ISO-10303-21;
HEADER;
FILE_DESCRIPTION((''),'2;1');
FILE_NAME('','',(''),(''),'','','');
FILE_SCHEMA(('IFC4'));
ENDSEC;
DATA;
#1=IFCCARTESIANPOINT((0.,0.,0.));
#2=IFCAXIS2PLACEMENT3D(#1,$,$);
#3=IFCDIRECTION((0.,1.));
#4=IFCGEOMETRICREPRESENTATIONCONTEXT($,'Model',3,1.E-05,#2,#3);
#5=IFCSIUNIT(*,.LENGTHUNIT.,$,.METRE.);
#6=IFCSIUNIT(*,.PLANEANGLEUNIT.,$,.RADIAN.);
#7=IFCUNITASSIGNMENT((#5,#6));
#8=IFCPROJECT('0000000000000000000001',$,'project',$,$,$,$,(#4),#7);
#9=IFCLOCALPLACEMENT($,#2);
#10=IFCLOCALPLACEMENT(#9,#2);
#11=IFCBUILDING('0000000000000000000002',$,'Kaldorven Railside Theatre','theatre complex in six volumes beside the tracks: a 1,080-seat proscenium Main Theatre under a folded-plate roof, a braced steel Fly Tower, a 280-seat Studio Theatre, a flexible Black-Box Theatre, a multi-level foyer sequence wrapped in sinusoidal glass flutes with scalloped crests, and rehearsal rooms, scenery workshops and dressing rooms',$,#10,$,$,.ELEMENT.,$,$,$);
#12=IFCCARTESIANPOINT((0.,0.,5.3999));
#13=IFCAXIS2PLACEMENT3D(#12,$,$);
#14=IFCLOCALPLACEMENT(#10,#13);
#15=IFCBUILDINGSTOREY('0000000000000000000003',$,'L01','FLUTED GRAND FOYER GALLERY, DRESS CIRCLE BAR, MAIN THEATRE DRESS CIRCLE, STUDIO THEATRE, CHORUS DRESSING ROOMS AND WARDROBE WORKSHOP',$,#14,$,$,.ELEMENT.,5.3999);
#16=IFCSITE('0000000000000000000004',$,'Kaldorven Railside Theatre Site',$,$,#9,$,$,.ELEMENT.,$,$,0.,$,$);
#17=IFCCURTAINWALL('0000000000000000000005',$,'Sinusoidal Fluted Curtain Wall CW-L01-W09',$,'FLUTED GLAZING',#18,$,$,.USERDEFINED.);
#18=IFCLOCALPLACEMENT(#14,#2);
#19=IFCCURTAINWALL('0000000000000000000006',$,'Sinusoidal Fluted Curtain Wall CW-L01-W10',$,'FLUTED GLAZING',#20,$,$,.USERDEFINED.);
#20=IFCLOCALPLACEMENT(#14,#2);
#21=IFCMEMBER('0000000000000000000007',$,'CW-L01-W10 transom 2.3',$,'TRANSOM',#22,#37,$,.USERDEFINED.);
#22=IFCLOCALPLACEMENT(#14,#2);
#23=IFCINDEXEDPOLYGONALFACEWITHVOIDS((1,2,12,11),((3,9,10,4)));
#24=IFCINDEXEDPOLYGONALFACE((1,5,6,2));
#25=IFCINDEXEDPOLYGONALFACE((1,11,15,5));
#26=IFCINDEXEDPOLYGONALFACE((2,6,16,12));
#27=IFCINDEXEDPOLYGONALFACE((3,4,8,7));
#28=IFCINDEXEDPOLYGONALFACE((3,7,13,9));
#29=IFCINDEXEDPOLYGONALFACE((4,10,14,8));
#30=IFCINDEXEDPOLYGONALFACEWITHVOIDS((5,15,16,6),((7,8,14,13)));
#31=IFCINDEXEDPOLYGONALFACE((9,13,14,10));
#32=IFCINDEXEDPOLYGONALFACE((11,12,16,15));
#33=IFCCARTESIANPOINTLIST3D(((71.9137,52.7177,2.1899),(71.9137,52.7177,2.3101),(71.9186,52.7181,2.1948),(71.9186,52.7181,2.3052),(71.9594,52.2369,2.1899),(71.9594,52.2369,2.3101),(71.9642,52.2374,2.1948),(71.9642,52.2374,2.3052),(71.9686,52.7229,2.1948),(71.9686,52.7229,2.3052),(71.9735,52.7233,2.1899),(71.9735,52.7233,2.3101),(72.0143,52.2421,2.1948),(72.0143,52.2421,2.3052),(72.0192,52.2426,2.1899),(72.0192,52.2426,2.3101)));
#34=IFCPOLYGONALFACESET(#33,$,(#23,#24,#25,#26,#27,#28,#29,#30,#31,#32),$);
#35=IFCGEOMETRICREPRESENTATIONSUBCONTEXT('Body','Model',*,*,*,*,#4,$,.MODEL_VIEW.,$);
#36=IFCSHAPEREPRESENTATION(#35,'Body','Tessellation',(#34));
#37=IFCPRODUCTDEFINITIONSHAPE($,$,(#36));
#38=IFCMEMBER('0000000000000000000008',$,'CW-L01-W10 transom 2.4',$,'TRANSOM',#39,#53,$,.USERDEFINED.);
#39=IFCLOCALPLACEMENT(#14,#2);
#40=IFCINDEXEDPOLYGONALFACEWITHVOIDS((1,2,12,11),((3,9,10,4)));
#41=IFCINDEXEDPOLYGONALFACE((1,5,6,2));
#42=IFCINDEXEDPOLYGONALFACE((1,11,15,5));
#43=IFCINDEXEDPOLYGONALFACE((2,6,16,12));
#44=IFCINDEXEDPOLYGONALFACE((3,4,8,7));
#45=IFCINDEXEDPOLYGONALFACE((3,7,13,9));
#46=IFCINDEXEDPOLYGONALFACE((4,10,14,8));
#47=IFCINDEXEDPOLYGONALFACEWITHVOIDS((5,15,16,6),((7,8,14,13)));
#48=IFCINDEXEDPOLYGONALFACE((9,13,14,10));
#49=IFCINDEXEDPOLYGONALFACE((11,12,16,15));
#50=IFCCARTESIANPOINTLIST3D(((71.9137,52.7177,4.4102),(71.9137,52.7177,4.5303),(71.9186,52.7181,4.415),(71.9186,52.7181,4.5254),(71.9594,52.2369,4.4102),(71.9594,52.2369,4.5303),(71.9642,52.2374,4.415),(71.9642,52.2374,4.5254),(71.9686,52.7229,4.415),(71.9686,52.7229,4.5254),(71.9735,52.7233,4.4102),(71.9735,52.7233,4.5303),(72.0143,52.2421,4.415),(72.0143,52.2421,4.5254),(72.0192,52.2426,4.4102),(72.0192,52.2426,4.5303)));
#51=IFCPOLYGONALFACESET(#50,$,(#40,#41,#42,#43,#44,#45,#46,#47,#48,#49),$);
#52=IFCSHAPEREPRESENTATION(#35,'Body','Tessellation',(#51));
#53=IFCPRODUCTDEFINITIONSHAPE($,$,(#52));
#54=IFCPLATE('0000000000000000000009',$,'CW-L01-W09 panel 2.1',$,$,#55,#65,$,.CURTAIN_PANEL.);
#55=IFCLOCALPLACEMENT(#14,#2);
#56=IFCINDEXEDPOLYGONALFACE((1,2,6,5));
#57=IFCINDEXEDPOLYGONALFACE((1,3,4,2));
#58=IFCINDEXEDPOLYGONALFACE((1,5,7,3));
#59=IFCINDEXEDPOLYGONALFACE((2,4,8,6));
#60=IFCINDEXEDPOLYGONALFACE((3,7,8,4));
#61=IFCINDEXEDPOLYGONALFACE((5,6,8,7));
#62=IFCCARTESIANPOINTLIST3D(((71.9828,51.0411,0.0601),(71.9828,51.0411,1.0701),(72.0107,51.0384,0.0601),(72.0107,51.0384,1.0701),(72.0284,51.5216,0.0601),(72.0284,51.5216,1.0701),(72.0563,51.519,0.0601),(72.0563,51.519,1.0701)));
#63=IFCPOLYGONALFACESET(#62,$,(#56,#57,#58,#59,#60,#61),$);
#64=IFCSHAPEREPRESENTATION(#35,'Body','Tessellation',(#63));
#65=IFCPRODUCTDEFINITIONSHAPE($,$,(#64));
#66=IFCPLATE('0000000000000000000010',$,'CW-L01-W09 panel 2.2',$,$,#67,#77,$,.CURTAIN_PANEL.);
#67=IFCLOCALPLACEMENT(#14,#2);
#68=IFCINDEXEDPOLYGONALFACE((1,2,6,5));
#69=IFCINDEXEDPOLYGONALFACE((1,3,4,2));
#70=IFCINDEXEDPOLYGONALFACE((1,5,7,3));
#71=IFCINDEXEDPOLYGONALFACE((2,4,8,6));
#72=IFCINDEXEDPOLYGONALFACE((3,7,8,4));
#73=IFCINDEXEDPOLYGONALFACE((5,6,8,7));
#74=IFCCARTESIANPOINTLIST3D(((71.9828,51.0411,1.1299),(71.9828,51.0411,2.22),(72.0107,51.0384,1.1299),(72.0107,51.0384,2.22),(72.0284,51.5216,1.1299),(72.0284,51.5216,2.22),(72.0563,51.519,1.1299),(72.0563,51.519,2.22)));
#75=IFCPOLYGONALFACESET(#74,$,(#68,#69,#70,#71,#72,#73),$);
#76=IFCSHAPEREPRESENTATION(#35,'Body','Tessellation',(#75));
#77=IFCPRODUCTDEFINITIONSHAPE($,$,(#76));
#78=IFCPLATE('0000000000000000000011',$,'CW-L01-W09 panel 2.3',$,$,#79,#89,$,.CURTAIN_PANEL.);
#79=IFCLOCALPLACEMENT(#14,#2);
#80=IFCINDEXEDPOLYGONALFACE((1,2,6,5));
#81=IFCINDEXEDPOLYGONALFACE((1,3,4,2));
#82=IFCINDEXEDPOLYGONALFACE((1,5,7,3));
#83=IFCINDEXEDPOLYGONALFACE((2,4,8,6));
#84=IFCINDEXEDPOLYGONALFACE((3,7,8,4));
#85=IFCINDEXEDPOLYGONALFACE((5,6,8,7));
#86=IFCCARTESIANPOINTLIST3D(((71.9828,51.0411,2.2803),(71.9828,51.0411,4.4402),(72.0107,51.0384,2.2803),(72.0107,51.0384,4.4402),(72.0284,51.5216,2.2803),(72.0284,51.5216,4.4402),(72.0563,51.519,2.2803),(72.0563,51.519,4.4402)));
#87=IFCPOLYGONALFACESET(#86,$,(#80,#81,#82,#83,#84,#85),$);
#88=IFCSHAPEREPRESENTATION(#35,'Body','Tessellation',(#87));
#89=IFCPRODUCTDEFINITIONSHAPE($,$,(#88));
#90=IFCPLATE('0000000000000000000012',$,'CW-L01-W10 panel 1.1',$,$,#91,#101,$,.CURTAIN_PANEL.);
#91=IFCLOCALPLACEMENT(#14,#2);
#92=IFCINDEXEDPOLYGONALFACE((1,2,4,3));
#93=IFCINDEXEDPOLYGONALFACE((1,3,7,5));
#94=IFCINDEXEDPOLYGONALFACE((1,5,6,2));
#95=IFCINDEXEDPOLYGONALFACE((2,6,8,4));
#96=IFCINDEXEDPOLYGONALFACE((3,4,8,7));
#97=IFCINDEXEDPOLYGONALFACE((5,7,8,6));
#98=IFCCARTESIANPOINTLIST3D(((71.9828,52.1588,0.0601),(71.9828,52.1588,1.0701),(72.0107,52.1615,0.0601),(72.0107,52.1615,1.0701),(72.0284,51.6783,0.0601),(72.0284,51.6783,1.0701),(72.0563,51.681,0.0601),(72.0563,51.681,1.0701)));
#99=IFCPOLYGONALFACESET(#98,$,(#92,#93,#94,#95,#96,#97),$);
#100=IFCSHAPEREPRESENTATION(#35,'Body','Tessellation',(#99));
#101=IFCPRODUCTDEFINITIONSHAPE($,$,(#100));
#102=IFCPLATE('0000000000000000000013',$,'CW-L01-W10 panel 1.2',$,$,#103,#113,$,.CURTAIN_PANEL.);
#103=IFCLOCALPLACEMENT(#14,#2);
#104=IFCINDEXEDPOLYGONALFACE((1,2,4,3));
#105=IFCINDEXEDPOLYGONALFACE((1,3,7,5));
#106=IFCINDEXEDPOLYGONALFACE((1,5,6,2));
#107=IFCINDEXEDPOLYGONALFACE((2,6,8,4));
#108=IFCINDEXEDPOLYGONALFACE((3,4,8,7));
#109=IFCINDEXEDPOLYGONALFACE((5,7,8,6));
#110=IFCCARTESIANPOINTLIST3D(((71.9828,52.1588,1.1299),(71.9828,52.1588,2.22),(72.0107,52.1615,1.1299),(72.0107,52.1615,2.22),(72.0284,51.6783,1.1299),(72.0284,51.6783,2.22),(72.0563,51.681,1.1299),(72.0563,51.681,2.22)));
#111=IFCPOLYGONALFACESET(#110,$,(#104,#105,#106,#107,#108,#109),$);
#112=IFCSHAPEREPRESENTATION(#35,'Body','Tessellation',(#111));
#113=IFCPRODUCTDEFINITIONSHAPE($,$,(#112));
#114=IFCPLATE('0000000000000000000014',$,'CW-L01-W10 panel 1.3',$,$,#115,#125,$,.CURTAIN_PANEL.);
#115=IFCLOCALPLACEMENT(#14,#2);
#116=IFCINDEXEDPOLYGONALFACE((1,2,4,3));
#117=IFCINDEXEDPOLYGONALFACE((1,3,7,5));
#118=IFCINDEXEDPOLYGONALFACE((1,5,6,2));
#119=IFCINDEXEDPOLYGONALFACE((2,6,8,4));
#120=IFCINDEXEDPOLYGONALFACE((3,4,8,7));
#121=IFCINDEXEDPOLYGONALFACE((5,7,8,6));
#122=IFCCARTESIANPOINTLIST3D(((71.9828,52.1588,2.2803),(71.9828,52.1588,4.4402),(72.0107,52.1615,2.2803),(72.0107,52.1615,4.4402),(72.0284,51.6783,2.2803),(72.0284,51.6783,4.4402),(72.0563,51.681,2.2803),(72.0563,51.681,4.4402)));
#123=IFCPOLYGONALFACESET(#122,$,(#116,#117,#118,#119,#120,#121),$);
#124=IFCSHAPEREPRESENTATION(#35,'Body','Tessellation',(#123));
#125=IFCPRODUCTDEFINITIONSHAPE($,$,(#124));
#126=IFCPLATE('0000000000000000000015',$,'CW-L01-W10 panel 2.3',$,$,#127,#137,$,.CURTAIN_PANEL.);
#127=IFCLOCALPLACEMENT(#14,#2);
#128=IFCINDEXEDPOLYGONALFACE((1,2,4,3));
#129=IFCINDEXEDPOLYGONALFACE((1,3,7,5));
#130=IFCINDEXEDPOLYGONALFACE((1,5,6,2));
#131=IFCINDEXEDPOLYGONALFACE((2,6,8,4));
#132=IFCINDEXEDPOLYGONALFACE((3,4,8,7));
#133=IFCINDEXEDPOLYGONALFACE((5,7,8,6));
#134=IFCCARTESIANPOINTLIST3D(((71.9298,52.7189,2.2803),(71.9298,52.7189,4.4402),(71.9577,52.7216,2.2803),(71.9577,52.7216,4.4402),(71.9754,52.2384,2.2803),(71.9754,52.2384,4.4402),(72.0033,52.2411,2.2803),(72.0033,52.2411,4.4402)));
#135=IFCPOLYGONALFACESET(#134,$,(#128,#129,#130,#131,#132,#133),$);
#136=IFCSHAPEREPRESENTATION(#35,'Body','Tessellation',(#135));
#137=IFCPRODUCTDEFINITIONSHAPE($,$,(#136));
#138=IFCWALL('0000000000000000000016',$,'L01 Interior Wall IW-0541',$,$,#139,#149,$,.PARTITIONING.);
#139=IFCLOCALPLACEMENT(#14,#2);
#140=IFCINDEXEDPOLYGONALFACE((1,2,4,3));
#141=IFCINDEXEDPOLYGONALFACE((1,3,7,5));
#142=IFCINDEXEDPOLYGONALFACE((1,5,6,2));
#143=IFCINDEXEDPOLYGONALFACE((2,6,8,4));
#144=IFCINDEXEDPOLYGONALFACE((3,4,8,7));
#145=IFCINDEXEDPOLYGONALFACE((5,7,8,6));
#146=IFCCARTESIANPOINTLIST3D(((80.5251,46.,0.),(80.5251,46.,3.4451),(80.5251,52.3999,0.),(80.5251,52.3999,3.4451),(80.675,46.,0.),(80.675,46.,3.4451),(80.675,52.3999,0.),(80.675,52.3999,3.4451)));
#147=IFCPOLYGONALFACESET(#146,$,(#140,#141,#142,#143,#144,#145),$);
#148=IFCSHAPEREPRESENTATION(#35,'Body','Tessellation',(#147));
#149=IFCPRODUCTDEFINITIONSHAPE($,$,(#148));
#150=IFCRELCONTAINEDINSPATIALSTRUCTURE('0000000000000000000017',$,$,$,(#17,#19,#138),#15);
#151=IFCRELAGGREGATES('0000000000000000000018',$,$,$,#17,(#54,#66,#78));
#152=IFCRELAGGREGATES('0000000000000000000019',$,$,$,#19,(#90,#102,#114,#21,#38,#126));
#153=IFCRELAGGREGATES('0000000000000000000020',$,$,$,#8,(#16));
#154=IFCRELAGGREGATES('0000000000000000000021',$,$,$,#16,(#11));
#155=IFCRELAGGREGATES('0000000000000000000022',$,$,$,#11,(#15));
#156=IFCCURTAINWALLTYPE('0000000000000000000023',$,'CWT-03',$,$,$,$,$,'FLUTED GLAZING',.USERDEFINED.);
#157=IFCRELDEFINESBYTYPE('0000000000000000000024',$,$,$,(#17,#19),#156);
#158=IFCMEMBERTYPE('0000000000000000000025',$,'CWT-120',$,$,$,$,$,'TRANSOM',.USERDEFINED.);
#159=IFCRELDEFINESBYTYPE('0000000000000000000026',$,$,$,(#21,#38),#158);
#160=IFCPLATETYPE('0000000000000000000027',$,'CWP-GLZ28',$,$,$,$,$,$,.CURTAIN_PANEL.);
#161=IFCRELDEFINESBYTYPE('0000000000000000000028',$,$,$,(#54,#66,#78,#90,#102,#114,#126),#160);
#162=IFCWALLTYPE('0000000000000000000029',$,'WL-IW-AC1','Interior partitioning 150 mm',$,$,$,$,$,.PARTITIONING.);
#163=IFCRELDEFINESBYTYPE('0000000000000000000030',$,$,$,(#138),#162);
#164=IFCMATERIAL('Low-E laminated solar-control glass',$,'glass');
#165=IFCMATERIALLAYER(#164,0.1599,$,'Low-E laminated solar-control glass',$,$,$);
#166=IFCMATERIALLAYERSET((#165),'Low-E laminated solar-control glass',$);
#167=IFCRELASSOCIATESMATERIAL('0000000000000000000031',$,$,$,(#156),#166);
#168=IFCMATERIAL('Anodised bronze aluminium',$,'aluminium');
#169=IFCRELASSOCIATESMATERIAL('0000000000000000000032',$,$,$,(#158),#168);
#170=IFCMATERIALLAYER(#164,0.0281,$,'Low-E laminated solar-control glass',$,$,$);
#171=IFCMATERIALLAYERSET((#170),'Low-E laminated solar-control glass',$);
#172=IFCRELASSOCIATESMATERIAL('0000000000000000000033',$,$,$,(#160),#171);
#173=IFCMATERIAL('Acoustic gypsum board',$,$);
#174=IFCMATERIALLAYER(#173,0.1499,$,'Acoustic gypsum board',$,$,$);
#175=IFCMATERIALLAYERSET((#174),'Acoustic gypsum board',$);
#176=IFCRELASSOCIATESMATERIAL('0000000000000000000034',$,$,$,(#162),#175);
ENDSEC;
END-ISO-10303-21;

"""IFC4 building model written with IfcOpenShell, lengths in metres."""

from ifc_helpers import new_model, si_unit, direction, frame, frame_2d, origin, origin_2d, place, context, subcontext, project, spatial, rectangle, hollow_rectangle, extrude, material, layer, layer_set, material_profile, profile_set, type_object, element, aggregate, save


model = new_model("IFC4")

# Units and contexts
model_context = context("Model", 3, precision=1e-05, world=origin(), true_north=direction((0.0, 1.0)))
body_context = subcontext(model_context, "Body", "Model", "MODEL_VIEW")
ifc_project = project(units=[si_unit("LENGTHUNIT", "METRE"), si_unit("PLANEANGLEUNIT", "RADIAN")], contexts=[model_context])

# Site, building, storey
site_placement = place(None, origin())
site = spatial("IfcSite", under=ifc_project, at=site_placement, Name="Kaldorven Railside Theatre Site", CompositionType="ELEMENT", RefElevation=0.0)
building_placement = place(site_placement, origin())
building = spatial("IfcBuilding", under=site, at=building_placement, Name="Kaldorven Railside Theatre", Description="theatre complex in six volumes beside the tracks: a 1,080-seat proscenium Main Theatre under a folded-plate roof, a braced steel Fly Tower, a 280-seat Studio Theatre, a flexible Black-Box Theatre, a multi-level foyer sequence wrapped in sinusoidal glass flutes with scalloped crests, and rehearsal rooms, scenery workshops and dressing rooms", CompositionType="ELEMENT")
storey_placement = place(building_placement, frame((0.0, 0.0, 5.3999)))
storey = spatial("IfcBuildingStorey", under=building, at=storey_placement, Name="L01", Description="FLUTED GRAND FOYER GALLERY, DRESS CIRCLE BAR, MAIN THEATRE DRESS CIRCLE, STUDIO THEATRE, CHORUS DRESSING ROOMS AND WARDROBE WORKSHOP", CompositionType="ELEMENT", Elevation=5.3999)

# Curtain walls
ifc_material_1 = material(Name="Low-E laminated solar-control glass", Category="glass")
ifc_layer_1 = layer(ifc_material_1, 0.1599, Name="Low-E laminated solar-control glass")
ifc_layer_set_1 = layer_set([ifc_layer_1], Name="Low-E laminated solar-control glass")
curtain_wall_type = type_object("IfcCurtainWallType", Name="CWT-03", ElementType="FLUTED GLAZING", PredefinedType="USERDEFINED", material=ifc_layer_set_1)
curtain_wall_1_placement = place(storey_placement, origin())
curtain_wall_1 = element("IfcCurtainWall", 1, at=curtain_wall_1_placement, inside=storey, type_object=curtain_wall_type, Name="Sinusoidal Fluted Curtain Wall CW-L01-W09", ObjectType="FLUTED GLAZING", PredefinedType="USERDEFINED")
ifc_material_2 = material(Name="Anodised bronze aluminium", Category="aluminium")
curtain_wall_2_placement = place(storey_placement, origin())
curtain_wall_2 = element("IfcCurtainWall", 2, at=curtain_wall_2_placement, inside=storey, type_object=curtain_wall_type, Name="Sinusoidal Fluted Curtain Wall CW-L01-W10", ObjectType="FLUTED GLAZING", PredefinedType="USERDEFINED")

# Members
ifc_material_profile_1 = material_profile(ifc_material_2, hollow_rectangle(XDim=0.0601, YDim=0.1201, WallThickness=0.0049, at=origin_2d()), Name="RHS 120x60x5")
ifc_profile_set_1 = profile_set([ifc_material_profile_1], Name="Anodised bronze aluminium")
member_type_1 = type_object("IfcMemberType", Name="CWT-120", ElementType="TRANSOM", PredefinedType="USERDEFINED", material=ifc_profile_set_1)
member_1_placement = place(storey_placement, frame((71.9893, 52.2397, 2.25), z_axis=(-0.094547, 0.99552, 0.0), x_axis=(-0.99552, -0.094547, 0.0)))
member_1 = element("IfcMember", 3, at=member_1_placement, type_object=member_type_1, Name="CW-L01-W10 transom 2.3", ObjectType="TRANSOM", PredefinedType="USERDEFINED", context=body_context, shape_type="SweptSolid", body=[
    extrude(hollow_rectangle(XDim=0.0601, YDim=0.1201, WallThickness=0.0049, at=origin_2d()), origin(), (0.0, 0.0, 1.0), 0.4829),
])
member_2_placement = place(storey_placement, frame((71.9893, 52.2397, 4.4702), z_axis=(-0.094547, 0.99552, 0.0), x_axis=(-0.99552, -0.094547, 0.0)))
member_2 = element("IfcMember", 4, at=member_2_placement, type_object=member_type_1, Name="CW-L01-W10 transom 2.4", ObjectType="TRANSOM", PredefinedType="USERDEFINED", context=body_context, shape_type="SweptSolid", body=[
    extrude(hollow_rectangle(XDim=0.0601, YDim=0.1201, WallThickness=0.0049, at=origin_2d()), origin(), (0.0, 0.0, 1.0), 0.4829),
])

# Plates
ifc_layer_2 = layer(ifc_material_1, 0.0281, Name="Low-E laminated solar-control glass")
ifc_layer_set_2 = layer_set([ifc_layer_2], Name="Low-E laminated solar-control glass")
plate_type = type_object("IfcPlateType", Name="CWP-GLZ28", PredefinedType="CURTAIN_PANEL", material=ifc_layer_set_2)
plate_1_placement = place(storey_placement, frame((72.0195, 51.28, 0.0601), z_axis=(0.0, 0.0, 1.0), x_axis=(0.094492, 0.995526, 0.0)))
plate_1 = element("IfcPlate", 5, at=plate_1_placement, type_object=plate_type, Name="CW-L01-W09 panel 2.1", PredefinedType="CURTAIN_PANEL", context=body_context, shape_type="SweptSolid", body=[
    extrude(rectangle(XDim=0.4827, YDim=0.0281, at=origin_2d()), origin(), (0.0, 0.0, 1.0), 1.01),
])
plate_2_placement = place(storey_placement, frame((72.0195, 51.28, 1.1299), z_axis=(0.0, 0.0, 1.0), x_axis=(0.094492, 0.995526, 0.0)))
plate_2 = element("IfcPlate", 6, at=plate_2_placement, type_object=plate_type, Name="CW-L01-W09 panel 2.2", PredefinedType="CURTAIN_PANEL", context=body_context, shape_type="SweptSolid", body=[
    extrude(rectangle(XDim=0.4827, YDim=0.0281, at=origin_2d()), origin(), (0.0, 0.0, 1.0), 1.0901),
])
plate_3_placement = place(storey_placement, frame((72.0195, 51.28, 2.2803), z_axis=(0.0, 0.0, 1.0), x_axis=(0.094492, 0.995526, 0.0)))
plate_3 = element("IfcPlate", 7, at=plate_3_placement, type_object=plate_type, Name="CW-L01-W09 panel 2.3", PredefinedType="CURTAIN_PANEL", context=body_context, shape_type="SweptSolid", body=[
    extrude(rectangle(XDim=0.4827, YDim=0.0281, at=origin_2d()), origin(), (0.0, 0.0, 1.0), 2.1599),
])
aggregate(curtain_wall_1, [plate_1, plate_2, plate_3])
plate_4_placement = place(storey_placement, frame((72.0195, 51.9199, 0.0601), z_axis=(0.0, 0.0, 1.0), x_axis=(-0.094492, 0.995526, 0.0)))
plate_4 = element("IfcPlate", 8, at=plate_4_placement, type_object=plate_type, Name="CW-L01-W10 panel 1.1", PredefinedType="CURTAIN_PANEL", context=body_context, shape_type="SweptSolid", body=[
    extrude(rectangle(XDim=0.4827, YDim=0.0281, at=origin_2d()), origin(), (0.0, 0.0, 1.0), 1.01),
])
plate_5_placement = place(storey_placement, frame((72.0195, 51.9199, 1.1299), z_axis=(0.0, 0.0, 1.0), x_axis=(-0.094492, 0.995526, 0.0)))
plate_5 = element("IfcPlate", 9, at=plate_5_placement, type_object=plate_type, Name="CW-L01-W10 panel 1.2", PredefinedType="CURTAIN_PANEL", context=body_context, shape_type="SweptSolid", body=[
    extrude(rectangle(XDim=0.4827, YDim=0.0281, at=origin_2d()), origin(), (0.0, 0.0, 1.0), 1.0901),
])
plate_6_placement = place(storey_placement, frame((72.0195, 51.9199, 2.2803), z_axis=(0.0, 0.0, 1.0), x_axis=(-0.094492, 0.995526, 0.0)))
plate_6 = element("IfcPlate", 10, at=plate_6_placement, type_object=plate_type, Name="CW-L01-W10 panel 1.3", PredefinedType="CURTAIN_PANEL", context=body_context, shape_type="SweptSolid", body=[
    extrude(rectangle(XDim=0.4827, YDim=0.0281, at=origin_2d()), origin(), (0.0, 0.0, 1.0), 2.1599),
])
plate_7_placement = place(storey_placement, frame((71.9666, 52.48, 2.2803), z_axis=(0.0, 0.0, 1.0), x_axis=(-0.094492, 0.995526, 0.0)))
plate_7 = element("IfcPlate", 11, at=plate_7_placement, type_object=plate_type, Name="CW-L01-W10 panel 2.3", PredefinedType="CURTAIN_PANEL", context=body_context, shape_type="SweptSolid", body=[
    extrude(rectangle(XDim=0.4827, YDim=0.0281, at=origin_2d()), origin(), (0.0, 0.0, 1.0), 2.1599),
])
aggregate(curtain_wall_2, [plate_4, plate_5, plate_6, member_1, member_2, plate_7])

# Wall
ifc_material_3 = material(Name="Acoustic gypsum board")
ifc_layer_3 = layer(ifc_material_3, 0.1499, Name="Acoustic gypsum board")
ifc_layer_set_3 = layer_set([ifc_layer_3], Name="Acoustic gypsum board")
wall_type = type_object("IfcWallType", Name="WL-IW-AC1", Description="Interior partitioning 150 mm", PredefinedType="PARTITIONING", material=ifc_layer_set_3)
wall_placement = place(storey_placement, frame((80.6001, 52.3999, 0.0), z_axis=(0.0, 0.0, 1.0), x_axis=(0.0, -1.0, 0.0)))
element("IfcWall", 12, at=wall_placement, inside=storey, type_object=wall_type, Name="L01 Interior Wall IW-0541", PredefinedType="PARTITIONING", context=body_context, shape_type="SweptSolid", body=[
    extrude(rectangle(XDim=6.3999, YDim=0.1499, at=frame_2d((3.2, 0.0))), origin(), (0.0, 0.0, 1.0), 3.4451),
])

save(model, "model.ifc")
